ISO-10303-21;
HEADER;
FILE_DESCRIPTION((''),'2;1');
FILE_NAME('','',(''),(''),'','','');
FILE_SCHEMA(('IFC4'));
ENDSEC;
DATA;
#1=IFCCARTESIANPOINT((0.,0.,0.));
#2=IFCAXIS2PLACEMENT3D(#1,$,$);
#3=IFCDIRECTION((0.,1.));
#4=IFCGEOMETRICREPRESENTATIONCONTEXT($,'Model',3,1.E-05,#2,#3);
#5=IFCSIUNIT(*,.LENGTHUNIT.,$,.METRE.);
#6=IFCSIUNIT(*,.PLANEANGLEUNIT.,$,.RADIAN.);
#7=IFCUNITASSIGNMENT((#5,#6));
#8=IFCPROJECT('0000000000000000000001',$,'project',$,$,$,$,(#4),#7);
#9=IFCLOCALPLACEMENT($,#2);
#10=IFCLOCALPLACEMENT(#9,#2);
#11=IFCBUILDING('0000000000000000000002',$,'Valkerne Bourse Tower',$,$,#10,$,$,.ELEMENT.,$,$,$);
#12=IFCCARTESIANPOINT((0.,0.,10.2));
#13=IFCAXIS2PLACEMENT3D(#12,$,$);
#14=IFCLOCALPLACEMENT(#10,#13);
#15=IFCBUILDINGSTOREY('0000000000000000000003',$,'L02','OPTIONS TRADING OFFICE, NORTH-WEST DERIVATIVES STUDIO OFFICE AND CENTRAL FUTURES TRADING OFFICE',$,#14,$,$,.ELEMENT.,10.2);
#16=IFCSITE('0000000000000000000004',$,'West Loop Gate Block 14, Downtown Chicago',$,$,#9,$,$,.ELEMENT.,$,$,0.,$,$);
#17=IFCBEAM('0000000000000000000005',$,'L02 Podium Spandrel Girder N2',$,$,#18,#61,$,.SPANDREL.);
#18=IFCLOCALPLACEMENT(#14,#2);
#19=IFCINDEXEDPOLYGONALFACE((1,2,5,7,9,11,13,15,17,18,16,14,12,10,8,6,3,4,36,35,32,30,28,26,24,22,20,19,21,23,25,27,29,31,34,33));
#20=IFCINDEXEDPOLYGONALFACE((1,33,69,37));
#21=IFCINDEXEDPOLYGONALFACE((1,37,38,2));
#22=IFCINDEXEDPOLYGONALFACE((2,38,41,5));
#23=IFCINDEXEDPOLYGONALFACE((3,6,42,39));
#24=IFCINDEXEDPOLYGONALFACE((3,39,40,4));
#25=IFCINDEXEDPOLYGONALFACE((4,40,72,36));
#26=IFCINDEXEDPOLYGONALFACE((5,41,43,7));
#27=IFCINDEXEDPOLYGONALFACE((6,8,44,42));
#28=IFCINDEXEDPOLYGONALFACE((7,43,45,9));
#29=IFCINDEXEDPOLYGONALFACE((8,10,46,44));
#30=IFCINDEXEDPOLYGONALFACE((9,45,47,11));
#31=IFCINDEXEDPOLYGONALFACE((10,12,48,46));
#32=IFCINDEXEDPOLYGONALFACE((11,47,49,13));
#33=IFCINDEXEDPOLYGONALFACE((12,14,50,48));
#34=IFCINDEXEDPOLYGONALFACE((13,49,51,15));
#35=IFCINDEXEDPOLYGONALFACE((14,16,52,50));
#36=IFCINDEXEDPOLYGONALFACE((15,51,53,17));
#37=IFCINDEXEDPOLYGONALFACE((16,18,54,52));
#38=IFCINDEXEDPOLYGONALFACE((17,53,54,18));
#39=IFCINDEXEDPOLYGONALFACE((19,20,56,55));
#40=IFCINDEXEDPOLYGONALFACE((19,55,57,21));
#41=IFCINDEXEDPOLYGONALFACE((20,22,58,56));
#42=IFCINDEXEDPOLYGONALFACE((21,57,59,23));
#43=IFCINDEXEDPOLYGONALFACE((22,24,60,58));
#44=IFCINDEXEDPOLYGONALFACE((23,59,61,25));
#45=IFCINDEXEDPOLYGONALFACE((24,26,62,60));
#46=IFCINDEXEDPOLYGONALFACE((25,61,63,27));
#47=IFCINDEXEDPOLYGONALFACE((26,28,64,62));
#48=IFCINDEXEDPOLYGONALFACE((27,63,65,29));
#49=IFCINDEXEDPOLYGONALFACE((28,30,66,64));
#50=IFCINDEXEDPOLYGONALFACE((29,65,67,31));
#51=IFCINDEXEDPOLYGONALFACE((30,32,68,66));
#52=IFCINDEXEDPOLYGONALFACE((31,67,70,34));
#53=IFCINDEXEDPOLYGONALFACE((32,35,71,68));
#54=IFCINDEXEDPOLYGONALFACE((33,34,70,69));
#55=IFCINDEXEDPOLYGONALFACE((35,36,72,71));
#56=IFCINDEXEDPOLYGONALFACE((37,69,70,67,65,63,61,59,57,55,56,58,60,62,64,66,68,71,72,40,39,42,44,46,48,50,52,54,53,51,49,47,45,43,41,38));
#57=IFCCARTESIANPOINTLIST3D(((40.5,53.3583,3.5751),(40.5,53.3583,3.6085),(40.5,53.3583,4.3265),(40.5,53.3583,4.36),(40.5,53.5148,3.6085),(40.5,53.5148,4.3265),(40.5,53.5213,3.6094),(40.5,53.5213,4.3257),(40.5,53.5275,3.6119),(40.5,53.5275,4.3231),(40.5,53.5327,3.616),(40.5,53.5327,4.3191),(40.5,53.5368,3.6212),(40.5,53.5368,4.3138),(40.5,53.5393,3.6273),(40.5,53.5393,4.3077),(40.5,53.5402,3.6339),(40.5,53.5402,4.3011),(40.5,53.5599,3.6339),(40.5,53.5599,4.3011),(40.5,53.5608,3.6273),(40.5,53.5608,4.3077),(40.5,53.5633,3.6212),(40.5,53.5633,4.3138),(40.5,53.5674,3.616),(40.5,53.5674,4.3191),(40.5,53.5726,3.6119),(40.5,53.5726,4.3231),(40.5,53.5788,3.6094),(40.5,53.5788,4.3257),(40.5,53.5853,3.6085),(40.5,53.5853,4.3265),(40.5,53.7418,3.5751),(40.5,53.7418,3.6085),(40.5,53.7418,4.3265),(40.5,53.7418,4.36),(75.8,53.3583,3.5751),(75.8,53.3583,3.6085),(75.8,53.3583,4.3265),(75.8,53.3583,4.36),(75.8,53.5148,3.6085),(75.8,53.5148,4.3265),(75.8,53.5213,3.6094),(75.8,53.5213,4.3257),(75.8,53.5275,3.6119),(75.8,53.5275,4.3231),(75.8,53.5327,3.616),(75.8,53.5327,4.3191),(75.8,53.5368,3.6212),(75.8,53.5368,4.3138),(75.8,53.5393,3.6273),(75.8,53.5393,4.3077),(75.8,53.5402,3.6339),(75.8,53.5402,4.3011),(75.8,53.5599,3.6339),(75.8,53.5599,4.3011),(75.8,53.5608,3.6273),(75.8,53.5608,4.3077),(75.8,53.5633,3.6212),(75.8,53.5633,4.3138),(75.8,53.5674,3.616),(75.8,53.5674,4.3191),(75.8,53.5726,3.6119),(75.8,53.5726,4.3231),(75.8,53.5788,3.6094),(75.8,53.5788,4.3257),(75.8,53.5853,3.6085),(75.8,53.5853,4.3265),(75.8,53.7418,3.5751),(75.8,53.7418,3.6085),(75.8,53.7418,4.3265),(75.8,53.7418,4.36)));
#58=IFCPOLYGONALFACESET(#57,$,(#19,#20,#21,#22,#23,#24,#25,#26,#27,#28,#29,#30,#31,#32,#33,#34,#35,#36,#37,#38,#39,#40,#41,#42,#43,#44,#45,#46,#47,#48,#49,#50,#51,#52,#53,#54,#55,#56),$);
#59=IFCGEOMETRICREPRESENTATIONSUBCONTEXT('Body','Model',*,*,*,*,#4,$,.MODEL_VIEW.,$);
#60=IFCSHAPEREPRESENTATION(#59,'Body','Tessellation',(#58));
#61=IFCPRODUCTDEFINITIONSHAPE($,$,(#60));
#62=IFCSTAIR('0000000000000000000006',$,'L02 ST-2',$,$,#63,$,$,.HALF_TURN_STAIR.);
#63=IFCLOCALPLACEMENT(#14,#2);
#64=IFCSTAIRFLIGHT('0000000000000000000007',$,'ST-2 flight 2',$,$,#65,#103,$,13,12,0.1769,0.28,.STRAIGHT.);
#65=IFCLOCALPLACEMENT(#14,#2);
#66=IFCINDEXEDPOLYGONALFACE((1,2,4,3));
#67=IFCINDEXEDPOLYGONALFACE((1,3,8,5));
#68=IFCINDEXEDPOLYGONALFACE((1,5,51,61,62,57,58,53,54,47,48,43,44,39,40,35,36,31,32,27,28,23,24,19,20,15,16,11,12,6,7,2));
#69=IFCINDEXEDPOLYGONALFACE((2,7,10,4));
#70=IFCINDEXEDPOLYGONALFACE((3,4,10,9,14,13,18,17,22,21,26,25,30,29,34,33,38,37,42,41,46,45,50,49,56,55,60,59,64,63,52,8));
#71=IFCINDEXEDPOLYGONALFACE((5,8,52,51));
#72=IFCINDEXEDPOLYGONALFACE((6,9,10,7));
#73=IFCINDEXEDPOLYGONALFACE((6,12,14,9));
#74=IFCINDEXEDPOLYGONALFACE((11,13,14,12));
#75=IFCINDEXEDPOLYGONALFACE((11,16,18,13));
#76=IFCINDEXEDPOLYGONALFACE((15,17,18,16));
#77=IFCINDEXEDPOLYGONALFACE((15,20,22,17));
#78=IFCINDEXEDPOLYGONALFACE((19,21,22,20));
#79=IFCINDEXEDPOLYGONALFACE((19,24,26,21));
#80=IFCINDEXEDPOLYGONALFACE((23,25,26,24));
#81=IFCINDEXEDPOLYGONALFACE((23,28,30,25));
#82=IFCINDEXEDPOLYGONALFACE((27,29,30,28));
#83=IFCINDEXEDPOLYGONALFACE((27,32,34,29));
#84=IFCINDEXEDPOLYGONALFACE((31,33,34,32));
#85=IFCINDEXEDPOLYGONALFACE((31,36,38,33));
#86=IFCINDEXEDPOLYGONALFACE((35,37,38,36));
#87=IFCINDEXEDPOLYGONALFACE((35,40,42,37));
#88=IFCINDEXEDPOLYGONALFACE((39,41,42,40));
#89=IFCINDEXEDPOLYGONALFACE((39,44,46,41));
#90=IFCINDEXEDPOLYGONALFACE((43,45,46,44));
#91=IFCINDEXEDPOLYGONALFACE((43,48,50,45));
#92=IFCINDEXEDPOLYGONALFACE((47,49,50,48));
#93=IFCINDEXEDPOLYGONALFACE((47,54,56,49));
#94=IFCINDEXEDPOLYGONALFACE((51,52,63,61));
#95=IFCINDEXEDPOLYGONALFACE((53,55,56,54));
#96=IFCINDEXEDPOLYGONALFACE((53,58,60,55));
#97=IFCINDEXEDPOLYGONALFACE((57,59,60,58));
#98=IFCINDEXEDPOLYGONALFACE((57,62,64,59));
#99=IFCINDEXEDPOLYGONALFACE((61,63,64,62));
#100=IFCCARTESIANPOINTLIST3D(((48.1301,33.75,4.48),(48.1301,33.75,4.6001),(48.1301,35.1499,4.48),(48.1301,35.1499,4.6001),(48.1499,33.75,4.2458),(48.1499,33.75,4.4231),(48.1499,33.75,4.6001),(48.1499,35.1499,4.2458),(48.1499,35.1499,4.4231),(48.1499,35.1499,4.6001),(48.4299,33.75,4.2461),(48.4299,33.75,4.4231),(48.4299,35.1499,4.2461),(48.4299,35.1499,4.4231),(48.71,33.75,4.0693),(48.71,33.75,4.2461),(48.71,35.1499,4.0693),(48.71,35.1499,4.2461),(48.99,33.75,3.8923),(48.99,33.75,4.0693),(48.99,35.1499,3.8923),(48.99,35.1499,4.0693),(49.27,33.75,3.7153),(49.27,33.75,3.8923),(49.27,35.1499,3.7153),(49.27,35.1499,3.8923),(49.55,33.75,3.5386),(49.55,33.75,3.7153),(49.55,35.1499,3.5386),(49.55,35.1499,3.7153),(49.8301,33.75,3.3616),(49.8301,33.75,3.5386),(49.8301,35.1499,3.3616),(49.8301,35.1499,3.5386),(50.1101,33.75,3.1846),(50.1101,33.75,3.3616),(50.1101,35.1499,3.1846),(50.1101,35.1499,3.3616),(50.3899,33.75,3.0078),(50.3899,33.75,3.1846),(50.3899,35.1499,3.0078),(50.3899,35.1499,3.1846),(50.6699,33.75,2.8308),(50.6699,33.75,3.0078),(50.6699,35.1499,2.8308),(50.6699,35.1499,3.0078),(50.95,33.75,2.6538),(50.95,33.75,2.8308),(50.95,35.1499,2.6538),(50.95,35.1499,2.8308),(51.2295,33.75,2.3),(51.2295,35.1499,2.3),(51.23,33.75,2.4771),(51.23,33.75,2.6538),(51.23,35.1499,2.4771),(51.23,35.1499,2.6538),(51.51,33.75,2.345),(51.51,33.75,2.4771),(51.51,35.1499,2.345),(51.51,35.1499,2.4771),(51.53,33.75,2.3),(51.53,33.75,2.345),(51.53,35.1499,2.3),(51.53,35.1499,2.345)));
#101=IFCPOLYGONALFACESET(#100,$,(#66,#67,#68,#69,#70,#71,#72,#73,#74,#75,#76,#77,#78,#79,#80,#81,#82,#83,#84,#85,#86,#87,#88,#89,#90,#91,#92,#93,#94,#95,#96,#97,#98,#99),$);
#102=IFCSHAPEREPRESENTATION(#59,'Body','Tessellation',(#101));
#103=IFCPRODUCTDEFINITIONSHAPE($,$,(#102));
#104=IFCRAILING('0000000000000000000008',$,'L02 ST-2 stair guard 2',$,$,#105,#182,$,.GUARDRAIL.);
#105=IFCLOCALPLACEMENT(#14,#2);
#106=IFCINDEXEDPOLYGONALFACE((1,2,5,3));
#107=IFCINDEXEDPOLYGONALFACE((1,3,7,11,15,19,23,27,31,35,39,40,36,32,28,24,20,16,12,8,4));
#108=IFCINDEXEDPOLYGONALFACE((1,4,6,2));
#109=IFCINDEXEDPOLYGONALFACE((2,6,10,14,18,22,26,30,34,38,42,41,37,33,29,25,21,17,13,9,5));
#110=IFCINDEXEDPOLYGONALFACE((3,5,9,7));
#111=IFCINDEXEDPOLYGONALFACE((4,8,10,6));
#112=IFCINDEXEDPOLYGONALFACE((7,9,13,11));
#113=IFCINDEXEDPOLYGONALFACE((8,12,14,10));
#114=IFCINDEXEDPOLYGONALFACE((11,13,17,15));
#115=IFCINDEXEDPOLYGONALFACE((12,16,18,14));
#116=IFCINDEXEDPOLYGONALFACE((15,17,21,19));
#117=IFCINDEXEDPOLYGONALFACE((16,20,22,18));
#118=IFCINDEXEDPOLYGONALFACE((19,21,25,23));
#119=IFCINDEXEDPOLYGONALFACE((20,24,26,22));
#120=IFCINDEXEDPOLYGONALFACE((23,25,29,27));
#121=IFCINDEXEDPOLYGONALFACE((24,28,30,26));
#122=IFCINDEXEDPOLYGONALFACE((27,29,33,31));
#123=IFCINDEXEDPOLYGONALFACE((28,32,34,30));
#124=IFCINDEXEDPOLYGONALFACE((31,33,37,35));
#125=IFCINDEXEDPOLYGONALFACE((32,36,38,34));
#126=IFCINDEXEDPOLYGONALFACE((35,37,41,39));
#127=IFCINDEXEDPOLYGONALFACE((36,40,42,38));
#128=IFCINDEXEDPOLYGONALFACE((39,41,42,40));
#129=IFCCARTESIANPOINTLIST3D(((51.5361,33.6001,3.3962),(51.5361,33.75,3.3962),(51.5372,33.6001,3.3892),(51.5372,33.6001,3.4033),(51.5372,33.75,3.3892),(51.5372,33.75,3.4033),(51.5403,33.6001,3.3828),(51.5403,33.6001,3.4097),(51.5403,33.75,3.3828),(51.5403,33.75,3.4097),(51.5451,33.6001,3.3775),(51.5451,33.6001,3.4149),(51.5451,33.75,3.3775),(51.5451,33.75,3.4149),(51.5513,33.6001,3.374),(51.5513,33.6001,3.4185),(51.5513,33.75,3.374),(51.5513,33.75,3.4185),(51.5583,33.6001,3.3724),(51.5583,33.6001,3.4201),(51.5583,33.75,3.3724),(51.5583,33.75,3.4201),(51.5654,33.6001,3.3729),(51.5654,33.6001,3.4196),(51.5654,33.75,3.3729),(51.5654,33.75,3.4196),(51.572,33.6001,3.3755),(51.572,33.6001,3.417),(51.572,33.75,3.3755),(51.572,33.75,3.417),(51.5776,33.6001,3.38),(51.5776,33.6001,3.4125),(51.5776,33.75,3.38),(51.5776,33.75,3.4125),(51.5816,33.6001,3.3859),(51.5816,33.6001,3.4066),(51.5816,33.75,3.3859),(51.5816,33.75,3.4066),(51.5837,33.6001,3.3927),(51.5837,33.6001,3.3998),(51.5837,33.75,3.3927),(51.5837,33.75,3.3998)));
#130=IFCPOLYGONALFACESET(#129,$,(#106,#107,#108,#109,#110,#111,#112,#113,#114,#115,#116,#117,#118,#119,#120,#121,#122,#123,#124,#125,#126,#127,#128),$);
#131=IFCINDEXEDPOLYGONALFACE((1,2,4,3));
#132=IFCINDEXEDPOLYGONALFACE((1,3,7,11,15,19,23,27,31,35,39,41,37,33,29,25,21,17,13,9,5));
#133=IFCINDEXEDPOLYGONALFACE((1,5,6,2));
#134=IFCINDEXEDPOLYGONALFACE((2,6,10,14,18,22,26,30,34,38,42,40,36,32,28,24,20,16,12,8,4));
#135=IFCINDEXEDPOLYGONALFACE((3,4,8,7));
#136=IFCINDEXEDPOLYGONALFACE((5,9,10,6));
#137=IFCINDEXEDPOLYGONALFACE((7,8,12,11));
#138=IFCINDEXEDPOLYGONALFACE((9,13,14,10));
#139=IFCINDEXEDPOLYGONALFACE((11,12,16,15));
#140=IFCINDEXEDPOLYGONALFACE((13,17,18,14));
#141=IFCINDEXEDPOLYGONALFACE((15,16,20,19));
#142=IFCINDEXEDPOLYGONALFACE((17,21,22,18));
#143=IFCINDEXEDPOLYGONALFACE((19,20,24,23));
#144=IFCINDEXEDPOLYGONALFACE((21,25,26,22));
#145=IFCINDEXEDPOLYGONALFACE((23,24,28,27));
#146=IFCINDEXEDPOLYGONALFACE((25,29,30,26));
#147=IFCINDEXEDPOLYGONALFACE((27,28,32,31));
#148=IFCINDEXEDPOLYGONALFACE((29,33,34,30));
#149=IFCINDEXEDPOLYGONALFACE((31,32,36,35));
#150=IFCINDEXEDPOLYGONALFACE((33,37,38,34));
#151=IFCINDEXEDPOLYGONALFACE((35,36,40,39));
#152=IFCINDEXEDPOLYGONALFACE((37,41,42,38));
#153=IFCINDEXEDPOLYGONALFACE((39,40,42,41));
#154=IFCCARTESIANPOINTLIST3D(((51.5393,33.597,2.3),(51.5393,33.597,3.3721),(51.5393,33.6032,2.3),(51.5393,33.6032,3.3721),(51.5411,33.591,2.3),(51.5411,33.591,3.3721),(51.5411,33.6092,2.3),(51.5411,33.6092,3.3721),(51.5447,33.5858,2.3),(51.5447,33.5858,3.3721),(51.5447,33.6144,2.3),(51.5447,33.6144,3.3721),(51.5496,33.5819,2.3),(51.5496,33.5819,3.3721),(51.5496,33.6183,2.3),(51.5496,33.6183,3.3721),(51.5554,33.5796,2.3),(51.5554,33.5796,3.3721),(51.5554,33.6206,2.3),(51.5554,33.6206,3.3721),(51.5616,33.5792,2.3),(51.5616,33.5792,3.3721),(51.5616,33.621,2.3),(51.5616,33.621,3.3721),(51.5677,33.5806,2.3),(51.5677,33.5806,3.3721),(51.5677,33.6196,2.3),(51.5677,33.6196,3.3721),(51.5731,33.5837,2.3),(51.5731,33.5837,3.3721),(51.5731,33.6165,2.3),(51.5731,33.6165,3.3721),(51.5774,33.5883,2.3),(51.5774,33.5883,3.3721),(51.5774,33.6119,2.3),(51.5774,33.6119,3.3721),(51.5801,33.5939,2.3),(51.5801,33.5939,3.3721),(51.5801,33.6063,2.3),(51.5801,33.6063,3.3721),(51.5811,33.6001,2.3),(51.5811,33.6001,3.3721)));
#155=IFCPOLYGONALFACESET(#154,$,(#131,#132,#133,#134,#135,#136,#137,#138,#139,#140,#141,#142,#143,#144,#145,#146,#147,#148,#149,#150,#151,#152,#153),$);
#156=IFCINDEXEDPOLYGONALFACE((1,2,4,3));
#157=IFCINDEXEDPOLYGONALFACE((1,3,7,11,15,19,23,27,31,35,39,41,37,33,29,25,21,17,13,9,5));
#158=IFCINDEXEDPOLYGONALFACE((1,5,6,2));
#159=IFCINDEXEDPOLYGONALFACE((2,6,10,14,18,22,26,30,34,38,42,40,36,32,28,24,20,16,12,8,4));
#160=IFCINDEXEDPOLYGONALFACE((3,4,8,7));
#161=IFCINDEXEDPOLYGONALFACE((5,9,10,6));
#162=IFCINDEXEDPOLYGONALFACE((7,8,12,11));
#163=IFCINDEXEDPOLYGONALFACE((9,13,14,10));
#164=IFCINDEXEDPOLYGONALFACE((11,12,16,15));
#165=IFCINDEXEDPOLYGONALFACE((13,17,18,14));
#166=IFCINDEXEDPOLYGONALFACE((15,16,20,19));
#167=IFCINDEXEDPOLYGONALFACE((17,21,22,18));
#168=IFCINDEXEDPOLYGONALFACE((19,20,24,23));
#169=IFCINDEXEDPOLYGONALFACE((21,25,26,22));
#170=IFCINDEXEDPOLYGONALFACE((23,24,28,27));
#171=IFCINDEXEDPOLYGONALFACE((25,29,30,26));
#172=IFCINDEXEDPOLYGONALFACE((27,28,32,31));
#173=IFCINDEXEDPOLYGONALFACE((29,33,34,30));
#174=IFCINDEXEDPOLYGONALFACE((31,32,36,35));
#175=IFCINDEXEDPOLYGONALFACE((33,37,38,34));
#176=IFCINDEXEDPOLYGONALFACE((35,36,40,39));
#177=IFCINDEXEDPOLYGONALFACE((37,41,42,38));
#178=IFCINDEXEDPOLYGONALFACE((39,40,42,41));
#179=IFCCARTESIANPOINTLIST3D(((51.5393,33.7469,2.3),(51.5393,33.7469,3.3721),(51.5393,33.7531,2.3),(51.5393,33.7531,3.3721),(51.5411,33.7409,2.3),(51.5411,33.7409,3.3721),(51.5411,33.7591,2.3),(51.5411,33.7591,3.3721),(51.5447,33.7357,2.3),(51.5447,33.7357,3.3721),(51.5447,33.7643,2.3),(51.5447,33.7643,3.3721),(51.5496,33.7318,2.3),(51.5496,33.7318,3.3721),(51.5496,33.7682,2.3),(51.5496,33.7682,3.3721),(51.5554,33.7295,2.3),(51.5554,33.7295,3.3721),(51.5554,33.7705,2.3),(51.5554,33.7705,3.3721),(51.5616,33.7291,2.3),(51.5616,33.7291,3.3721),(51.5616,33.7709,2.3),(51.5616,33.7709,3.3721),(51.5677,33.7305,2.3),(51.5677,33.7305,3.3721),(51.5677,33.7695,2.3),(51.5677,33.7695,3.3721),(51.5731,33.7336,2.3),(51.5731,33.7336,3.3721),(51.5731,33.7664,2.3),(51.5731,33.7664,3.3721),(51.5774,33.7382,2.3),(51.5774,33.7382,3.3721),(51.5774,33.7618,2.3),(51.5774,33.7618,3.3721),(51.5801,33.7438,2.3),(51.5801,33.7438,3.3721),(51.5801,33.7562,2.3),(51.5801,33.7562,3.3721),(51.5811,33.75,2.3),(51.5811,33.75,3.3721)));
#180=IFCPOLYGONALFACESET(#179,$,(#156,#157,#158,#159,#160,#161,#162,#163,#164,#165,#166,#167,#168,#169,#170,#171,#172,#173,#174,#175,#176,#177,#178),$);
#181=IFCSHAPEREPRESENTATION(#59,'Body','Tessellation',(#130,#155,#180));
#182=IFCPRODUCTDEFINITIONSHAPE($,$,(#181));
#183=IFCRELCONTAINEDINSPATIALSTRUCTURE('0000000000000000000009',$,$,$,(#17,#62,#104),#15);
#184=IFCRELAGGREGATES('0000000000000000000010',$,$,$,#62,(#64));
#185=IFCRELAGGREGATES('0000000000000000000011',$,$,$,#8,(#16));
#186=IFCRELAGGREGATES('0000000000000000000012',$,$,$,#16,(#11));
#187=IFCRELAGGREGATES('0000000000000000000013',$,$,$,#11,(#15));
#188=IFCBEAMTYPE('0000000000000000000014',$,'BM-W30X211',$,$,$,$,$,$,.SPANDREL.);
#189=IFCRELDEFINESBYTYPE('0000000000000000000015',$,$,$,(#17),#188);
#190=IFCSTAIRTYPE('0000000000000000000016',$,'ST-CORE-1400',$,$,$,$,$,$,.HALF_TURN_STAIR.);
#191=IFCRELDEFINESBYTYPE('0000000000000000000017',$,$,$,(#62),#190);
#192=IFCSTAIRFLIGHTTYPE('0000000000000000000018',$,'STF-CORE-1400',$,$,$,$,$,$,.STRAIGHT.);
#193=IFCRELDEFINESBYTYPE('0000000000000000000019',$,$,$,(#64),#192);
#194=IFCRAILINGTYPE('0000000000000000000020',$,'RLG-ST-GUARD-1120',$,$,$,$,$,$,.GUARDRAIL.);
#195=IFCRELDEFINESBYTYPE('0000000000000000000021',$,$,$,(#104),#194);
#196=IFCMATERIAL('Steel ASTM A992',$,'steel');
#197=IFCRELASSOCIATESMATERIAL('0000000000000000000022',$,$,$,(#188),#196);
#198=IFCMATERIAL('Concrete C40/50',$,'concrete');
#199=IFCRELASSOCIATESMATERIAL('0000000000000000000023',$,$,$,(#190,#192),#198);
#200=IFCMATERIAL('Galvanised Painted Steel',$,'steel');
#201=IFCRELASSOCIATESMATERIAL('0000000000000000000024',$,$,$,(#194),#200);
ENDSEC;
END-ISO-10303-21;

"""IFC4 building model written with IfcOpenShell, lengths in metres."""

from ifc_helpers import new_model, si_unit, direction, frame, origin, origin_2d, place, context, subcontext, project, spatial, polyline, circle, i_section, outline, extrude, material, material_profile, profile_set, type_object, element, aggregate, save


model = new_model("IFC4")

# Units and contexts
model_context = context("Model", 3, precision=1e-05, world=origin(), true_north=direction((0.0, 1.0)))
body_context = subcontext(model_context, "Body", "Model", "MODEL_VIEW")
ifc_project = project(units=[si_unit("LENGTHUNIT", "METRE"), si_unit("PLANEANGLEUNIT", "RADIAN")], contexts=[model_context])

# Site, building, storey
site_placement = place(None, origin())
site = spatial("IfcSite", under=ifc_project, at=site_placement, Name="West Loop Gate Block 14, Downtown Chicago", CompositionType="ELEMENT", RefElevation=0.0)
building_placement = place(site_placement, origin())
building = spatial("IfcBuilding", under=site, at=building_placement, Name="Valkerne Bourse Tower", CompositionType="ELEMENT")
storey_placement = place(building_placement, frame((0.0, 0.0, 10.2)))
storey = spatial("IfcBuildingStorey", under=building, at=storey_placement, Name="L02", Description="OPTIONS TRADING OFFICE, NORTH-WEST DERIVATIVES STUDIO OFFICE AND CENTRAL FUTURES TRADING OFFICE", CompositionType="ELEMENT", Elevation=10.2)

# Beam
ifc_material_1 = material(Name="Steel ASTM A992", Category="steel")
ifc_material_profile_1 = material_profile(ifc_material_1, i_section(OverallWidth=0.3835, OverallDepth=0.7849, WebThickness=0.0198, FlangeThickness=0.0334, FilletRadius=0.0254, at=origin_2d()), Name="W30X211")
ifc_profile_set_1 = profile_set([ifc_material_profile_1], Name="Steel ASTM A992")
beam_type_1 = type_object("IfcBeamType", Name="BM-W30X211", PredefinedType="SPANDREL", material=ifc_profile_set_1)
beam_1_placement = place(storey_placement, frame((40.5, 53.55, 3.9675), z_axis=(1.0, 0.0, 0.0), x_axis=(0.0, 1.0, 0.0)))
element("IfcBeam", 1, at=beam_1_placement, inside=storey, type_object=beam_type_1, Name="L02 Podium Spandrel Girder N2", PredefinedType="SPANDREL", context=body_context, shape_type="SweptSolid", body=[
    extrude(i_section(OverallWidth=0.3835, OverallDepth=0.7849, WebThickness=0.0198, FlangeThickness=0.0334, FilletRadius=0.0254, at=origin_2d()), origin(), (0.0, 0.0, 1.0), 35.3),
])

# Stair, stair flight
ifc_material_2 = material(Name="Concrete C40/50", Category="concrete")
stair_type = type_object("IfcStairType", Name="ST-CORE-1400", PredefinedType="HALF_TURN_STAIR", material=ifc_material_2)
stair_placement = place(storey_placement, origin())
stair = element("IfcStair", 2, at=stair_placement, inside=storey, type_object=stair_type, Name="L02 ST-2", PredefinedType="HALF_TURN_STAIR")
stair_flight_type = type_object("IfcStairFlightType", Name="STF-CORE-1400", PredefinedType="STRAIGHT", material=ifc_material_2)
stair_flight_placement = place(storey_placement, frame((51.51, 34.45, 2.3), z_axis=(0.0, 0.0, 1.0), x_axis=(-1.0, 0.0, 0.0)))
stair_flight = element("IfcStairFlight", 3, at=stair_flight_placement, type_object=stair_flight_type, Name="ST-2 flight 2", NumberOfRisers=13, NumberOfTreads=12, PredefinedType="STRAIGHT", RiserHeight=0.1769, TreadLength=0.28, context=body_context, shape_type="SweptSolid", body=[
    extrude(outline(polyline([(-0.02, 0.0), (-0.02, 0.0449), (0.0, 0.0449), (0.0, 0.177), (0.28, 0.177), (0.28, 0.3538), (0.5601, 0.3538), (0.5601, 0.5308), (0.8401, 0.5308), (0.8401, 0.7078), (1.1201, 0.7078), (1.1201, 0.8845), (1.3999, 0.8845), (1.3999, 1.0615), (1.6799, 1.0615), (1.6799, 1.2385), (1.96, 1.2385), (1.96, 1.4153), (2.24, 1.4153), (2.24, 1.5923), (2.52, 1.5923), (2.52, 1.7693), (2.8, 1.7693), (2.8, 1.946), (3.0801, 1.946), (3.0801, 2.123), (3.3601, 2.123), (3.3601, 2.3), (3.3799, 2.3), (3.3799, 2.1799), (3.3601, 1.9458), (0.2805, 0.0), (-0.02, 0.0)])), frame((0.0, 0.7, 0.0), z_axis=(0.0, -1.0, 0.0), x_axis=(1.0, 0.0, 0.0)), (0.0, 0.0, 1.0), 1.3999),
])
aggregate(stair, [stair_flight])

# Railing
ifc_material_3 = material(Name="Galvanised Painted Steel", Category="steel")
railing_type_1 = type_object("IfcRailingType", Name="RLG-ST-GUARD-1120", PredefinedType="GUARDRAIL", material=ifc_material_3)
railing_1_placement = place(storey_placement, frame((51.5601, 33.6001, 2.3)))
element("IfcRailing", 4, at=railing_1_placement, inside=storey, type_object=railing_type_1, Name="L02 ST-2 stair guard 2", PredefinedType="GUARDRAIL", context=body_context, shape_type="SweptSolid", body=[
    extrude(circle(Radius=0.0239, at=origin_2d()), frame((0.0, 0.0, 1.0962), z_axis=(0.0, 1.0, 0.0), x_axis=(-1.0, 0.0, 0.0)), (0.0, 0.0, 1.0), 0.1499),
    extrude(circle(Radius=0.021, at=origin_2d()), origin(), (0.0, 0.0, 1.0), 1.072),
    extrude(circle(Radius=0.021, at=origin_2d()), frame((0.0, 0.1499, 0.0)), (0.0, 0.0, 1.0), 1.072),
])

save(model, "model.ifc")
